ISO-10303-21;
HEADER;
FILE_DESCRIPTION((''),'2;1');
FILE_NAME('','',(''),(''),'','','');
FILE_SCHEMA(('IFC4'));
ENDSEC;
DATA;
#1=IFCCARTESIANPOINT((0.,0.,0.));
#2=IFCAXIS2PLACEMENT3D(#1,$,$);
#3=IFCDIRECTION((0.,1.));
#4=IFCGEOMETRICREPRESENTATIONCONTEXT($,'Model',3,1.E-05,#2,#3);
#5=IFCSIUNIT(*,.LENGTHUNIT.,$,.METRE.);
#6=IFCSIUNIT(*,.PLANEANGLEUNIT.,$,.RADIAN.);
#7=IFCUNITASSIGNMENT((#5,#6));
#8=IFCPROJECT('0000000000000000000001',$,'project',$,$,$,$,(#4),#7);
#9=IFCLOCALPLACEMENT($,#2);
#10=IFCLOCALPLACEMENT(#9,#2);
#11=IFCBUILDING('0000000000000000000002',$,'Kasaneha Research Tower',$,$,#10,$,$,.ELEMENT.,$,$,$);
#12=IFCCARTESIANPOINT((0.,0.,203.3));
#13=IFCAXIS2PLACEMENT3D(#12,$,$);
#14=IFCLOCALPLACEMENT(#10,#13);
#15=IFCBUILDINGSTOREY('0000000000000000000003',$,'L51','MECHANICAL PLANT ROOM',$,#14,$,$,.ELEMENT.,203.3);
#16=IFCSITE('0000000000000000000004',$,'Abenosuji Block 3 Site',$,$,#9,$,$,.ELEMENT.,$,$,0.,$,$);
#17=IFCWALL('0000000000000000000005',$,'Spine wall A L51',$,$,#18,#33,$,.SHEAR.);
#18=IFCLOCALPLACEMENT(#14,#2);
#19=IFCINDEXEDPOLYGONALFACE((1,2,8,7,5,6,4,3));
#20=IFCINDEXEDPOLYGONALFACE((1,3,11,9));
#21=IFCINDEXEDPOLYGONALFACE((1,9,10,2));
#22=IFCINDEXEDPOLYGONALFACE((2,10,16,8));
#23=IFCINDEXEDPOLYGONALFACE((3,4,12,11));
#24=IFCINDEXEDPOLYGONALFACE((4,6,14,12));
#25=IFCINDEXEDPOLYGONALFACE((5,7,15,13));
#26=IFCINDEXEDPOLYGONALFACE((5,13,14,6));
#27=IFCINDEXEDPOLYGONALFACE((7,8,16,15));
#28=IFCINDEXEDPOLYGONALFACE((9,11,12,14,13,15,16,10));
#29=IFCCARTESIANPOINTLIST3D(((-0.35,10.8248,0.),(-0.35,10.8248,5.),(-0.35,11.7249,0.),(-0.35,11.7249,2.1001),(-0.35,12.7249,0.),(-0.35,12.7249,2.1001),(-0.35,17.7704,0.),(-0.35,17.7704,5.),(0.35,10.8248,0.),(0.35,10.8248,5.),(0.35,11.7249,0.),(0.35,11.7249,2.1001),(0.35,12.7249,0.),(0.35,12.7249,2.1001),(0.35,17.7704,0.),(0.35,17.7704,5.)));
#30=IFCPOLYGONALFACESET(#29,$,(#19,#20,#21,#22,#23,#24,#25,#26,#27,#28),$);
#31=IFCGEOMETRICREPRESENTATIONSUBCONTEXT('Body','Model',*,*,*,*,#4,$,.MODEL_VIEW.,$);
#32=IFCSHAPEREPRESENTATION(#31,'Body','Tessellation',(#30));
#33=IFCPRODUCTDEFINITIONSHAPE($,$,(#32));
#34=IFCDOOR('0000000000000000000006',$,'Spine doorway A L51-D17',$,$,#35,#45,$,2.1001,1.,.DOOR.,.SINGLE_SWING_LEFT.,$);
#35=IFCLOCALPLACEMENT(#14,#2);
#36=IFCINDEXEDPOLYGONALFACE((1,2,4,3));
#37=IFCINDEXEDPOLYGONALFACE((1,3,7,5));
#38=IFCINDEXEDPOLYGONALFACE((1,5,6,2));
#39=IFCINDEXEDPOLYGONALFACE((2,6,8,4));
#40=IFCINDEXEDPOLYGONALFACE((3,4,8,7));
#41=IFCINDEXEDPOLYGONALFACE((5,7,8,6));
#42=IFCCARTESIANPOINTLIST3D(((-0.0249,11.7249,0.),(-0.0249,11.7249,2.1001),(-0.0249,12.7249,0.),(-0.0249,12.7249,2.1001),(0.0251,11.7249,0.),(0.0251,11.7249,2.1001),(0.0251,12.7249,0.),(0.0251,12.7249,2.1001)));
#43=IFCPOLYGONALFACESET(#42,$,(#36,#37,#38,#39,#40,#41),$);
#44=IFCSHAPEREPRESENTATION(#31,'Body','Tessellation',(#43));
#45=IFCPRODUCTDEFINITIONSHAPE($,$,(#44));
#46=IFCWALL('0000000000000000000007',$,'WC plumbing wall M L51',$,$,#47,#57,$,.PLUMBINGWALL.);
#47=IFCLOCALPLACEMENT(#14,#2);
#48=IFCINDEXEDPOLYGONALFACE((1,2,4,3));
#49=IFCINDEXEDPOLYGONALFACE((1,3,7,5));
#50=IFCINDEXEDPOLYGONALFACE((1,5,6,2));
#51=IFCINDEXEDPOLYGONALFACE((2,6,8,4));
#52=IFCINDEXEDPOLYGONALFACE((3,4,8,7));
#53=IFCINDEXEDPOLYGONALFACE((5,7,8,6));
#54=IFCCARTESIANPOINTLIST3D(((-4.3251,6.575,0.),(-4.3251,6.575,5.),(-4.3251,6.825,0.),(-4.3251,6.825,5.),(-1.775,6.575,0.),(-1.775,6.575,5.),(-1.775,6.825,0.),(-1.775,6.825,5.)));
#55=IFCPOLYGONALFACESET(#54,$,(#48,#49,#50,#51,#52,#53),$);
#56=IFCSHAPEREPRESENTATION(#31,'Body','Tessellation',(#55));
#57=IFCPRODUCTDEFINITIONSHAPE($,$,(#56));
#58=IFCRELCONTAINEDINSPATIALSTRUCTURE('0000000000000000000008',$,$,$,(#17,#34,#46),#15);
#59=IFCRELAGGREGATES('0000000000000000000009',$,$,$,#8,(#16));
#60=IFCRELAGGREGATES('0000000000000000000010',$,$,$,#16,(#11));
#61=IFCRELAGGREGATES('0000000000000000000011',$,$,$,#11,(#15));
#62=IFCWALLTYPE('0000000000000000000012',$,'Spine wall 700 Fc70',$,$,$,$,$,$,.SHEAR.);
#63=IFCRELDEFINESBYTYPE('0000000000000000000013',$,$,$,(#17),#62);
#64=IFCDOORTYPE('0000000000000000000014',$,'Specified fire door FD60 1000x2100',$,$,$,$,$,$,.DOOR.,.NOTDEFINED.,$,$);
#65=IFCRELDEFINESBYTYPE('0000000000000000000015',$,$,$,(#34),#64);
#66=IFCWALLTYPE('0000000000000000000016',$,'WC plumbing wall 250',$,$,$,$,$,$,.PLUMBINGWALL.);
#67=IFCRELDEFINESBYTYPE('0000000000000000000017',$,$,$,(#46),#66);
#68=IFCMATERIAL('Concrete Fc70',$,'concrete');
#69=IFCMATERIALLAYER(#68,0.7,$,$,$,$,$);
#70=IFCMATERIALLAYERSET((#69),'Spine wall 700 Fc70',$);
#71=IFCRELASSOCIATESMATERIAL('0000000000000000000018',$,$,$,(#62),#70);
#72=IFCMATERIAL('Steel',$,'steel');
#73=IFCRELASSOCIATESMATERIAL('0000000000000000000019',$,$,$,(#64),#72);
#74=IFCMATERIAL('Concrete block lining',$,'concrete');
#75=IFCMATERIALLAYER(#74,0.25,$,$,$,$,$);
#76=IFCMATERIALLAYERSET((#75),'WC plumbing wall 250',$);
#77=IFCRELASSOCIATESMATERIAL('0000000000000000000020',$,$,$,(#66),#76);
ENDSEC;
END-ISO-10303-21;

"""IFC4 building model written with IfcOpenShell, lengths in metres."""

from ifc_helpers import new_model, si_unit, direction, frame, frame_2d, origin, place, context, subcontext, project, spatial, rectangle, extrude, material, layer, layer_set, type_object, element, fill, save


model = new_model("IFC4")

# Units and contexts
model_context = context("Model", 3, precision=1e-05, world=origin(), true_north=direction((0.0, 1.0)))
body_context = subcontext(model_context, "Body", "Model", "MODEL_VIEW")
ifc_project = project(units=[si_unit("LENGTHUNIT", "METRE"), si_unit("PLANEANGLEUNIT", "RADIAN")], contexts=[model_context])

# Site, building, storey
site_placement = place(None, origin())
site = spatial("IfcSite", under=ifc_project, at=site_placement, Name="Abenosuji Block 3 Site", CompositionType="ELEMENT", RefElevation=0.0)
building_placement = place(site_placement, origin())
building = spatial("IfcBuilding", under=site, at=building_placement, Name="Kasaneha Research Tower", CompositionType="ELEMENT")
storey_placement = place(building_placement, frame((0.0, 0.0, 203.3)))
storey = spatial("IfcBuildingStorey", under=building, at=storey_placement, Name="L51", Description="MECHANICAL PLANT ROOM", CompositionType="ELEMENT", Elevation=203.3)

# Wall, opening, door
ifc_material_1 = material(Name="Concrete Fc70", Category="concrete")
ifc_layer_1 = layer(ifc_material_1, 0.7)
ifc_layer_set_1 = layer_set([ifc_layer_1], Name="Spine wall 700 Fc70")
wall_type_1 = type_object("IfcWallType", Name="Spine wall 700 Fc70", PredefinedType="SHEAR", material=ifc_layer_set_1)
wall_1_placement = place(storey_placement, frame((0.0, 10.825, 0.0), z_axis=(0.0, 0.0, 1.0), x_axis=(0.0, 1.0, 0.0)))
wall_1 = element("IfcWall", 1, at=wall_1_placement, inside=storey, type_object=wall_type_1, Name="Spine wall A L51", PredefinedType="SHEAR", context=body_context, shape_type="SweptSolid", body=[
    extrude(rectangle(XDim=6.9456, YDim=0.7, at=frame_2d((3.4727, 0.0))), origin(), (0.0, 0.0, 1.0), 5.0),
])
opening_1_placement = place(wall_1_placement, frame((0.8999, 0.0, 0.0)))
opening_1 = element("IfcOpeningElement", 2, at=opening_1_placement, cuts=wall_1, PredefinedType="OPENING", context=body_context, shape_type="SweptSolid", body=[
    extrude(rectangle(XDim=1.0, YDim=2.1001, at=frame_2d((0.5, 1.05))), frame((0.0, 0.3599, 0.0), z_axis=(0.0, -1.0, 0.0), x_axis=(1.0, 0.0, 0.0)), (0.0, 0.0, 1.0), 0.72),
])
ifc_material_2 = material(Name="Steel", Category="steel")
door_type_1 = type_object("IfcDoorType", Name="Specified fire door FD60 1000x2100", OperationType="NOTDEFINED", PredefinedType="DOOR", material=ifc_material_2)
door_1_placement = place(opening_1_placement, origin())
door_1 = element("IfcDoor", 3, at=door_1_placement, inside=storey, type_object=door_type_1, Name="Spine doorway A L51-D17", OperationType="SINGLE_SWING_LEFT", OverallHeight=2.1001, OverallWidth=1.0, PredefinedType="DOOR", context=body_context, shape_type="SweptSolid", body=[
    extrude(rectangle(XDim=1.0, YDim=2.1001, at=frame_2d((0.5, 1.05))), frame((0.0, 0.0249, 0.0), z_axis=(0.0, -1.0, 0.0), x_axis=(1.0, 0.0, 0.0)), (0.0, 0.0, 1.0), 0.05),
])
fill(opening_1, door_1)

# Wall
ifc_material_3 = material(Name="Concrete block lining", Category="concrete")
ifc_layer_2 = layer(ifc_material_3, 0.25)
ifc_layer_set_2 = layer_set([ifc_layer_2], Name="WC plumbing wall 250")
wall_type_2 = type_object("IfcWallType", Name="WC plumbing wall 250", PredefinedType="PLUMBINGWALL", material=ifc_layer_set_2)
wall_2_placement = place(storey_placement, frame((-4.325, 6.7, 0.0), z_axis=(0.0, 0.0, 1.0), x_axis=(1.0, 0.0, 0.0)))
element("IfcWall", 4, at=wall_2_placement, inside=storey, type_object=wall_type_2, Name="WC plumbing wall M L51", PredefinedType="PLUMBINGWALL", context=body_context, shape_type="SweptSolid", body=[
    extrude(rectangle(XDim=2.55, YDim=0.25, at=frame_2d((1.2749, 0.0))), origin(), (0.0, 0.0, 1.0), 5.0),
])

save(model, "model.ifc")
